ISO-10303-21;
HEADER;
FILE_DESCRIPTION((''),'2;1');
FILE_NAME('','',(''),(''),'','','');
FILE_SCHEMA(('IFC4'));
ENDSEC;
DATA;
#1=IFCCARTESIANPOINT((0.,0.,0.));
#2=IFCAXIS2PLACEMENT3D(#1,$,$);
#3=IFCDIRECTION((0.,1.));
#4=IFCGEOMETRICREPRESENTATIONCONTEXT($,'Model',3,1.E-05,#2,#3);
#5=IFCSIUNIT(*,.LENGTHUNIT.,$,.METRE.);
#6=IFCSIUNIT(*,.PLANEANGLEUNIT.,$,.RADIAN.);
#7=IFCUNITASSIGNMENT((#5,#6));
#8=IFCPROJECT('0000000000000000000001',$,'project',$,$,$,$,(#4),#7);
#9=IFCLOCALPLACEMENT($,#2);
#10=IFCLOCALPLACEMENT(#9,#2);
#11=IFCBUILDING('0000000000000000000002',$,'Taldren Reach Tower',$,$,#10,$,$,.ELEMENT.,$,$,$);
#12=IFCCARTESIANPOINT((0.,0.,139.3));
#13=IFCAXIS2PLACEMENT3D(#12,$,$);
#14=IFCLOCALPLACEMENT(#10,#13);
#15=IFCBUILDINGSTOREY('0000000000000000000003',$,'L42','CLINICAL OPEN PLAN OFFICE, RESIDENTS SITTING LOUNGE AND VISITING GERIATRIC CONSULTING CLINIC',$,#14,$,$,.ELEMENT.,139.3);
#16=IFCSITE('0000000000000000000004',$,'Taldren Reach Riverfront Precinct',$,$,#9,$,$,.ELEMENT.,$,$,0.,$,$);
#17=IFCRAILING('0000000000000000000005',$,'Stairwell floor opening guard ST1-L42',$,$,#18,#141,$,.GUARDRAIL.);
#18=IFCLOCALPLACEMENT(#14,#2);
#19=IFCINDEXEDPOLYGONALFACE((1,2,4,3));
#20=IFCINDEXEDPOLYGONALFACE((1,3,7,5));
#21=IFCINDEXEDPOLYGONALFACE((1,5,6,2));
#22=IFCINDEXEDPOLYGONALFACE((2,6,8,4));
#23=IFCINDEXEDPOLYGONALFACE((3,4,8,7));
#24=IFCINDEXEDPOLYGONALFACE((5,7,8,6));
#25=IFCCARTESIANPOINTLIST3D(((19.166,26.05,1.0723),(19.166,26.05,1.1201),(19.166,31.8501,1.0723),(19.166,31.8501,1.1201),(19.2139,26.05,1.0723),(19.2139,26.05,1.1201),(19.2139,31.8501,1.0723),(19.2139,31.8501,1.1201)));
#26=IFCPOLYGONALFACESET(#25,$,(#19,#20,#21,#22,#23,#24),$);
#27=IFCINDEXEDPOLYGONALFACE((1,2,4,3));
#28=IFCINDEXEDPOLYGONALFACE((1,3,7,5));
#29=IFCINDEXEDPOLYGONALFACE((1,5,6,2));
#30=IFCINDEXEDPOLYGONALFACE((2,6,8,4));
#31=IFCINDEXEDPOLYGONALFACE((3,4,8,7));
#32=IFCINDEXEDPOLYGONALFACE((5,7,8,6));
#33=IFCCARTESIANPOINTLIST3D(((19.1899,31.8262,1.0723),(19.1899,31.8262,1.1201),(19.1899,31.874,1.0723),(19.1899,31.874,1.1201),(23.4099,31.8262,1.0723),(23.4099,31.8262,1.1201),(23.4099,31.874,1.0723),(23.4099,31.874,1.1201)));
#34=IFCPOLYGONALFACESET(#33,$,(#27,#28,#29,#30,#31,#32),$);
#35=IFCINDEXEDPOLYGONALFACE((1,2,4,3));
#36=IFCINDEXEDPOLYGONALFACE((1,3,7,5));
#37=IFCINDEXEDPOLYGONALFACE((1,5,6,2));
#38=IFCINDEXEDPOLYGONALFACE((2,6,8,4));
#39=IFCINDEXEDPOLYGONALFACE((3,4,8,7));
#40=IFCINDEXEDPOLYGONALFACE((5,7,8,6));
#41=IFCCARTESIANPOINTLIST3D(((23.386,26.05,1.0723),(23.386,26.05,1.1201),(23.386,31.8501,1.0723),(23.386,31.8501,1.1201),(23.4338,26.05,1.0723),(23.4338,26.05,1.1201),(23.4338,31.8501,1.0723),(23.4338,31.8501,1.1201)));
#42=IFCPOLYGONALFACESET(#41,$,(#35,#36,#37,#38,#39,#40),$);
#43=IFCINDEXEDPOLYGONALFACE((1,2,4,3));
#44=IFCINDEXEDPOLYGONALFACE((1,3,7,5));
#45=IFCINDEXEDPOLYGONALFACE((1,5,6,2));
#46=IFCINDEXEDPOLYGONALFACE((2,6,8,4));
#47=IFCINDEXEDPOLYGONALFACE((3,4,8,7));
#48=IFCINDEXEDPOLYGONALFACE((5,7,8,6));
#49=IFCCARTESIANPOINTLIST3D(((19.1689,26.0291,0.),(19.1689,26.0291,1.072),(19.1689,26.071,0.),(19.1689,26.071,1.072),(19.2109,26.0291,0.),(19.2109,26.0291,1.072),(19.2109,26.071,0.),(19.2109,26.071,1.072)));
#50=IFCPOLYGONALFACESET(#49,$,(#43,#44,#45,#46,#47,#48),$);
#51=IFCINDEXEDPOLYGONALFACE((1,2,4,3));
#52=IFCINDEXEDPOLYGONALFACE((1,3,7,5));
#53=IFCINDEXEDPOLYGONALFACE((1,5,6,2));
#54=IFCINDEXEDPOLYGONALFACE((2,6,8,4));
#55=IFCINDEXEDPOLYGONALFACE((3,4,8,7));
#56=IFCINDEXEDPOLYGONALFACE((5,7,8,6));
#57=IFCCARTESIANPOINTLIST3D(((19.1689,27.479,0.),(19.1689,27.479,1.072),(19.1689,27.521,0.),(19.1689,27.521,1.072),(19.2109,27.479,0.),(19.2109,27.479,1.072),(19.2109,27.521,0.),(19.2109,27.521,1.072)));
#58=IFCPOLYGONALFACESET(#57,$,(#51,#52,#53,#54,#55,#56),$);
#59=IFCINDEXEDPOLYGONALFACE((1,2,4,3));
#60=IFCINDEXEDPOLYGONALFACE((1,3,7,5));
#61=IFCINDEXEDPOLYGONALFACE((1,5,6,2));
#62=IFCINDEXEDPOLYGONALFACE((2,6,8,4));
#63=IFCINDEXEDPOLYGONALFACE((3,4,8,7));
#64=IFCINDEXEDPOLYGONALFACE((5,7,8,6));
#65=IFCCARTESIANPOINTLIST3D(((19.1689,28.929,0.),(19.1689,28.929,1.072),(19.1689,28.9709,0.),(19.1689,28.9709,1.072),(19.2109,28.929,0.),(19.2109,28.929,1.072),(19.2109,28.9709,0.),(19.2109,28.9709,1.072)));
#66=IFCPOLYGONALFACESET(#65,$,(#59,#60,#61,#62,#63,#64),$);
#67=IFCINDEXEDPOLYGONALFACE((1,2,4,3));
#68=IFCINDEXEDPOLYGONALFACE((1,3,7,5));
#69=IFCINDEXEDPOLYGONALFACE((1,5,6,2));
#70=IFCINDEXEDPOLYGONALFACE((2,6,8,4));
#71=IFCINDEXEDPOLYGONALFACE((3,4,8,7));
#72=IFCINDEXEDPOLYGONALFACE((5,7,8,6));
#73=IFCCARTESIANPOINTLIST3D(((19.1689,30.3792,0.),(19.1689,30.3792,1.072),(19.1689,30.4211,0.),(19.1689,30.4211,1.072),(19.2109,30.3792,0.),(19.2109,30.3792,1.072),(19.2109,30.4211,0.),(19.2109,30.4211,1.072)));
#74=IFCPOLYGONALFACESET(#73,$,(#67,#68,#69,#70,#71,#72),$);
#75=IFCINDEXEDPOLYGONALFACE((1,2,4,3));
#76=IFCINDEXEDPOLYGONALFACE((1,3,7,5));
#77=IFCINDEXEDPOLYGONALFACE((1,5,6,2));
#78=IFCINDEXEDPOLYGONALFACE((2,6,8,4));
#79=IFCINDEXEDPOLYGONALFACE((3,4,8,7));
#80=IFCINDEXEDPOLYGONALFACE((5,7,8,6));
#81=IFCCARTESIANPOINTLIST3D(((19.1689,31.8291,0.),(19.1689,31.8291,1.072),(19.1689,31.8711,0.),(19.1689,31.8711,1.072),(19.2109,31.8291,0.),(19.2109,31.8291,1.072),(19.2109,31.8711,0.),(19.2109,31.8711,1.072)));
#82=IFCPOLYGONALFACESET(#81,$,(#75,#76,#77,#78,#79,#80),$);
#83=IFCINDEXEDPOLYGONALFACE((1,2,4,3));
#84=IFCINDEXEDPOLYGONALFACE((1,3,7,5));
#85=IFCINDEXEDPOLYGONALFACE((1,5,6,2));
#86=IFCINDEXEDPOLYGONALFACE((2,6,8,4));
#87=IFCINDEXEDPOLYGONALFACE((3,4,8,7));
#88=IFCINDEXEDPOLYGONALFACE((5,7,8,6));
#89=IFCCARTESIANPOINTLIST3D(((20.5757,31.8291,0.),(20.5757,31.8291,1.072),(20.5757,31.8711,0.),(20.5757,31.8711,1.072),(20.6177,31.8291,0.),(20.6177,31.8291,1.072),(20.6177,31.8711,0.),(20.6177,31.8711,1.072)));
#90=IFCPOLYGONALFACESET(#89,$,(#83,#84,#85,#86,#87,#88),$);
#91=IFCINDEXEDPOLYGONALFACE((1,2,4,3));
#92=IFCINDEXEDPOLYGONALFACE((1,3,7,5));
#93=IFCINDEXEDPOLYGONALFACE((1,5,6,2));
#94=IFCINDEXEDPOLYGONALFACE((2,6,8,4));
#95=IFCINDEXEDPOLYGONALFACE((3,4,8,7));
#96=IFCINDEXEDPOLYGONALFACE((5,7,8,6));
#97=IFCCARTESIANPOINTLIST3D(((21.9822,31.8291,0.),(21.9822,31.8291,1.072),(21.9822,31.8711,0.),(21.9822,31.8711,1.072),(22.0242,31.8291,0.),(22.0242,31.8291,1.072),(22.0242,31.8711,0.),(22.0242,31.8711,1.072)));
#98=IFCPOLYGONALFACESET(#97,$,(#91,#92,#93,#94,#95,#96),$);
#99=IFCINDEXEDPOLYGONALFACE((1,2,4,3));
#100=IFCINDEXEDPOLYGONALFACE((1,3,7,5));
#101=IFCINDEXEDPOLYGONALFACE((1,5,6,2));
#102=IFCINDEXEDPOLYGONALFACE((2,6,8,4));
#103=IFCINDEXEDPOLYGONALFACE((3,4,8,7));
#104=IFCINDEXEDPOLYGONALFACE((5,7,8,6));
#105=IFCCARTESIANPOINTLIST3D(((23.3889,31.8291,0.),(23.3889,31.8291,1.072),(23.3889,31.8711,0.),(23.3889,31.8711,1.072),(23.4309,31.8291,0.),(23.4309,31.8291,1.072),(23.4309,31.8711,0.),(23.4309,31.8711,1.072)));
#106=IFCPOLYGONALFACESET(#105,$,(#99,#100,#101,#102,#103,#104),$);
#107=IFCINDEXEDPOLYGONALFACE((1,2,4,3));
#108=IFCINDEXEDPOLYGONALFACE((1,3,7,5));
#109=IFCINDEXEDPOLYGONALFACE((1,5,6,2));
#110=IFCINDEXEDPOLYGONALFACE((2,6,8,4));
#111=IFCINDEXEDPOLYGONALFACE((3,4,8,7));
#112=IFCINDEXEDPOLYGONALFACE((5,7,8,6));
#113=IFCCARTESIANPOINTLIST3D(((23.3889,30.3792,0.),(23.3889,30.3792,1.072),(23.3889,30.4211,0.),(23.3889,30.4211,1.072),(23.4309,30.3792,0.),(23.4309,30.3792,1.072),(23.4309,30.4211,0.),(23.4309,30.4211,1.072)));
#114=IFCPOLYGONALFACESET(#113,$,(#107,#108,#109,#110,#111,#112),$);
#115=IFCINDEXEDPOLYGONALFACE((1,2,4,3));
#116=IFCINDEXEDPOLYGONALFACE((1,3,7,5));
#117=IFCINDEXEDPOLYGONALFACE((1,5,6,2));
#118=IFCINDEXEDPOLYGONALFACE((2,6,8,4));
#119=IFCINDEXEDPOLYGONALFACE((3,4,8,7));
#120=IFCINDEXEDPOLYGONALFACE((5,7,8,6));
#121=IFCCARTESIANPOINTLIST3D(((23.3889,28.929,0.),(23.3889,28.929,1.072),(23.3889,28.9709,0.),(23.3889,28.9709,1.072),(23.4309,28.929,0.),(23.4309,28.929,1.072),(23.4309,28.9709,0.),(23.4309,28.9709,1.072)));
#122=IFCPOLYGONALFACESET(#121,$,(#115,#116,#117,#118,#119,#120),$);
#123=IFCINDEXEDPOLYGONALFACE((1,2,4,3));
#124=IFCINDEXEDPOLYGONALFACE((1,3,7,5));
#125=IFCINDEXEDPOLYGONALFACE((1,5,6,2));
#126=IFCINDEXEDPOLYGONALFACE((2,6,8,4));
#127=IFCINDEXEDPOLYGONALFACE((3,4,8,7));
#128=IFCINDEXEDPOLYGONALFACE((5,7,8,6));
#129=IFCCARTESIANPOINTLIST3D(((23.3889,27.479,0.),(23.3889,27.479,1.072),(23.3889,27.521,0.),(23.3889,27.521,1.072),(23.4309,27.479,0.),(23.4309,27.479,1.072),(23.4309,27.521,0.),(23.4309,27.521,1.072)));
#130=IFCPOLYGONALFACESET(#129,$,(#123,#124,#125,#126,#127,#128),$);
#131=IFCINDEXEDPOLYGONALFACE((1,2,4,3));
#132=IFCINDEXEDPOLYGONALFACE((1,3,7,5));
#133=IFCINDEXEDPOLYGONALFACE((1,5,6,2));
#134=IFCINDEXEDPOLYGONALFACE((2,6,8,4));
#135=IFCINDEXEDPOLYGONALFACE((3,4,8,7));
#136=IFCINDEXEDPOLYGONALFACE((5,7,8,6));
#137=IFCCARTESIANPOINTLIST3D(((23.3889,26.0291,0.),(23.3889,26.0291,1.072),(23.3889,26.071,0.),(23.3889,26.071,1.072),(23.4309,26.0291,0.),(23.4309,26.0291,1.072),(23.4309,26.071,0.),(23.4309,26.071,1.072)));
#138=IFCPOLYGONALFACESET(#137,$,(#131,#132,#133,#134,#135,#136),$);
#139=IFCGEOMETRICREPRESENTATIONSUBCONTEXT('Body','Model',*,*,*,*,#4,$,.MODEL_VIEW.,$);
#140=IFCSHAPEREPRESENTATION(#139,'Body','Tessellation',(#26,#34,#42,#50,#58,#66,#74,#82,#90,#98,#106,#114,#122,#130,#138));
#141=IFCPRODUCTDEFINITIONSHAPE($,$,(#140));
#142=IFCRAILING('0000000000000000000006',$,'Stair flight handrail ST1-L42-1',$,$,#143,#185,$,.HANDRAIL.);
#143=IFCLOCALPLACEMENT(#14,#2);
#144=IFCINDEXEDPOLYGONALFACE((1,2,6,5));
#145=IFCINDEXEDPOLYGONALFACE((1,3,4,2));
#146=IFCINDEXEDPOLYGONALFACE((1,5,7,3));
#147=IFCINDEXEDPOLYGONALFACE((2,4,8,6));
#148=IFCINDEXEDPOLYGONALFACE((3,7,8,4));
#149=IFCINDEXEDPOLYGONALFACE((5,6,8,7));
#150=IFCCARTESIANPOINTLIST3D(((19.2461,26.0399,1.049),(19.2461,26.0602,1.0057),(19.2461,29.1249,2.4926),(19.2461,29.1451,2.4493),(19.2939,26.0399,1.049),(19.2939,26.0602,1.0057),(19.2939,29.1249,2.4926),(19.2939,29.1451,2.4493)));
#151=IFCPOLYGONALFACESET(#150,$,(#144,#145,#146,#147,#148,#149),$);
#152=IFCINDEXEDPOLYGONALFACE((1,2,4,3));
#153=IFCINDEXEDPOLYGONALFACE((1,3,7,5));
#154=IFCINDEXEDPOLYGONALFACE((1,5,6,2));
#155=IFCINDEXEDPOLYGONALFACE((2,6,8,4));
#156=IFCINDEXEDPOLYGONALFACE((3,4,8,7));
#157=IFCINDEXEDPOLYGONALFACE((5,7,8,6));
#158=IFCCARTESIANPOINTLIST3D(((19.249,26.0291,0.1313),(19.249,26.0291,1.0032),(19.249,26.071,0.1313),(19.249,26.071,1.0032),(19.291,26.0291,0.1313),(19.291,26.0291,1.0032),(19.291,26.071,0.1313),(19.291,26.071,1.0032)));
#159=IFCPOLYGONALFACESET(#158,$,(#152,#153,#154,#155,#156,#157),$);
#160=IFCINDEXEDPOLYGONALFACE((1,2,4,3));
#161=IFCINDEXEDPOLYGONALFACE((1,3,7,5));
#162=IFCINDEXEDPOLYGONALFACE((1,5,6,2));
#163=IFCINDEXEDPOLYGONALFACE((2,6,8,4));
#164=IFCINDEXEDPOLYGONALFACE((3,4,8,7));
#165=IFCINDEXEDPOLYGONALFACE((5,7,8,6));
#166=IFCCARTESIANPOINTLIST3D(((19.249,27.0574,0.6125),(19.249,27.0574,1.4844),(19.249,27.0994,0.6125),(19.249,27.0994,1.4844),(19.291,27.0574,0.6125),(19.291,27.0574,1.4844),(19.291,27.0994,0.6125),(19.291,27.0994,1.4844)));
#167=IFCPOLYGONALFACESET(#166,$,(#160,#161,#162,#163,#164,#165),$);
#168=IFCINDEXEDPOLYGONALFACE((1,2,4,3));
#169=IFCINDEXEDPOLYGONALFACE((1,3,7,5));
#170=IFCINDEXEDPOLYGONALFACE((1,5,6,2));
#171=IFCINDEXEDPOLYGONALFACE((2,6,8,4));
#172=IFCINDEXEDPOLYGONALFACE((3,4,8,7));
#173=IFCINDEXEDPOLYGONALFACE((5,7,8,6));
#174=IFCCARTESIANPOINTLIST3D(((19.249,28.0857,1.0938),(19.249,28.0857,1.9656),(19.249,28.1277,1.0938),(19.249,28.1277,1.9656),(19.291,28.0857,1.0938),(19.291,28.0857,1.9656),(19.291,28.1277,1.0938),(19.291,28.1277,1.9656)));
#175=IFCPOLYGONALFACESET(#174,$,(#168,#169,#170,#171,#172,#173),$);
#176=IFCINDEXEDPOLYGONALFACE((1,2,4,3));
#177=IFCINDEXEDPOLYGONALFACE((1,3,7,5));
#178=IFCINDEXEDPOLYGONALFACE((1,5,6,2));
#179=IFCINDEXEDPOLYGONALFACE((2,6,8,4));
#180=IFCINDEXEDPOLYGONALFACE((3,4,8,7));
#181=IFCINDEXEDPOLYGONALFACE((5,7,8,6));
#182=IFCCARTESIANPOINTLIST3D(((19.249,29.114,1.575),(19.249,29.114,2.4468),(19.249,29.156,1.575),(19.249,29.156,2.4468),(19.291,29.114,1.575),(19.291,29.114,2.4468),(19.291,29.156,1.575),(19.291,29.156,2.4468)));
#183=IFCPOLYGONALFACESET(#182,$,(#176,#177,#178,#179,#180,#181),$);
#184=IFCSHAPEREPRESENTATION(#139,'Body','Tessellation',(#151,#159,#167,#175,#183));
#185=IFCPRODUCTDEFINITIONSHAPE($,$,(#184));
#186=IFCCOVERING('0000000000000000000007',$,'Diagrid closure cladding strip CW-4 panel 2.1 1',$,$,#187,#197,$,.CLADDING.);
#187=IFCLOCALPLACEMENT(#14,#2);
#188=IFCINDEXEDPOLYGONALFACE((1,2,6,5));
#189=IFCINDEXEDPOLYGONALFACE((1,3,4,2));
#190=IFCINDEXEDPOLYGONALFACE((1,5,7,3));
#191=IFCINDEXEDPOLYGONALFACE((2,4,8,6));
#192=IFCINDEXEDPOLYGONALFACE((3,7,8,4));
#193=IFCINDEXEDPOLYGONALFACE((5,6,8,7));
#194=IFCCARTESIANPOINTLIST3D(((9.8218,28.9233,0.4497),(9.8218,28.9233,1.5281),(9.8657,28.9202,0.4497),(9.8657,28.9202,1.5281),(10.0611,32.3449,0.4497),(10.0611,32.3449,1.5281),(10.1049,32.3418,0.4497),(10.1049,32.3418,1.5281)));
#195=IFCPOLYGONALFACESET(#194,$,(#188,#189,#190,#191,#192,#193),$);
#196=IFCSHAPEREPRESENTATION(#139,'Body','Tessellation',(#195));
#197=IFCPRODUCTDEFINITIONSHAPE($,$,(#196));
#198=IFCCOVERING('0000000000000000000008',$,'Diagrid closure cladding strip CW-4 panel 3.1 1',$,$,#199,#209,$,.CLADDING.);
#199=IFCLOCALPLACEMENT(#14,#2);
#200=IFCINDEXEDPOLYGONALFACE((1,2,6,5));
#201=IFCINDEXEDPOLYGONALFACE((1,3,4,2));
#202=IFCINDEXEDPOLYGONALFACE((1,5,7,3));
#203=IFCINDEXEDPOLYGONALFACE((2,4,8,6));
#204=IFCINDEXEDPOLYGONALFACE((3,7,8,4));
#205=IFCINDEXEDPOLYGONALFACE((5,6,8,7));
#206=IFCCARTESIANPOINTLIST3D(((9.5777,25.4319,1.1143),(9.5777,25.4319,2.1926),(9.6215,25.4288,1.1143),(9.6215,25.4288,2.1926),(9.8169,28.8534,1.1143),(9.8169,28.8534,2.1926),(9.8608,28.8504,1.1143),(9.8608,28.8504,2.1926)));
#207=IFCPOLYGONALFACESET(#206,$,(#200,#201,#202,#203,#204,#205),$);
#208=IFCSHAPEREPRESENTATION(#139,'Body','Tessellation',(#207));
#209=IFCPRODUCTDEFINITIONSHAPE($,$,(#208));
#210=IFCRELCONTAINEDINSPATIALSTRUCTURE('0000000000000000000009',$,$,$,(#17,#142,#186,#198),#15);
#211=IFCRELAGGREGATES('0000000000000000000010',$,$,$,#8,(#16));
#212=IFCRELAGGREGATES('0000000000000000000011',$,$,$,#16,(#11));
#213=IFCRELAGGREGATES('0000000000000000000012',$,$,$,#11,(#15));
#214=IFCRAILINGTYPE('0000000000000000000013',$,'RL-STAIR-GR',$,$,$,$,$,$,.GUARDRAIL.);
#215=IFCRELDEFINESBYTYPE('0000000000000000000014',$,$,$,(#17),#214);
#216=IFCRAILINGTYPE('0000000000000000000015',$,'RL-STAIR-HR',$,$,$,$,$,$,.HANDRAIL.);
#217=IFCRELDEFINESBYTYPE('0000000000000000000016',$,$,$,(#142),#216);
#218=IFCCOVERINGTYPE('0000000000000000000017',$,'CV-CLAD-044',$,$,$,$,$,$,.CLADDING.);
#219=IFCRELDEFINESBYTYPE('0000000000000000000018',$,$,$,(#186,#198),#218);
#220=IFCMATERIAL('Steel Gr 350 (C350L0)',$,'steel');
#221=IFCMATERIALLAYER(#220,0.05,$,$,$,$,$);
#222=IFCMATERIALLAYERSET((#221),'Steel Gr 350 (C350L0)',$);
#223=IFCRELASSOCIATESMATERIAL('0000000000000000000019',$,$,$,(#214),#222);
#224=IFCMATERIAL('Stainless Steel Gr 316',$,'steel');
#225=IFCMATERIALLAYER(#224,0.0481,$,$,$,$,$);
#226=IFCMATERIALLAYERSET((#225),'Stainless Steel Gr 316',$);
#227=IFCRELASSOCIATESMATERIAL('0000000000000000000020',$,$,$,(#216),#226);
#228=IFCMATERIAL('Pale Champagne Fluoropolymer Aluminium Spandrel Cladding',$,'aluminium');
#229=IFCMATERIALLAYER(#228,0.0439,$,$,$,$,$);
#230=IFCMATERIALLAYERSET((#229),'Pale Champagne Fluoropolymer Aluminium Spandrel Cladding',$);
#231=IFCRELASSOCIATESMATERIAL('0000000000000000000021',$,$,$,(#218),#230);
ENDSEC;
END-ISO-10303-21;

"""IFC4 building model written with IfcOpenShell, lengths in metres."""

from ifc_helpers import new_model, si_unit, direction, frame, origin, origin_2d, place, context, subcontext, project, spatial, rectangle, extrude, source, transform, mapped, material, layer, layer_set, type_object, element, save


model = new_model("IFC4")

# Units and contexts
model_context = context("Model", 3, precision=1e-05, world=origin(), true_north=direction((0.0, 1.0)))
body_context = subcontext(model_context, "Body", "Model", "MODEL_VIEW")
ifc_project = project(units=[si_unit("LENGTHUNIT", "METRE"), si_unit("PLANEANGLEUNIT", "RADIAN")], contexts=[model_context])

# Site, building, storey
site_placement = place(None, origin())
site = spatial("IfcSite", under=ifc_project, at=site_placement, Name="Taldren Reach Riverfront Precinct", CompositionType="ELEMENT", RefElevation=0.0)
building_placement = place(site_placement, origin())
building = spatial("IfcBuilding", under=site, at=building_placement, Name="Taldren Reach Tower", CompositionType="ELEMENT")
storey_placement = place(building_placement, frame((0.0, 0.0, 139.3)))
storey = spatial("IfcBuildingStorey", under=building, at=storey_placement, Name="L42", Description="CLINICAL OPEN PLAN OFFICE, RESIDENTS SITTING LOUNGE AND VISITING GERIATRIC CONSULTING CLINIC", CompositionType="ELEMENT", Elevation=139.3)

# Shared definitions
ifc_material_1 = material(Name="Steel Gr 350 (C350L0)", Category="steel")

# Railings
ifc_layer_1 = layer(ifc_material_1, 0.05)
ifc_layer_set_1 = layer_set([ifc_layer_1], Name="Steel Gr 350 (C350L0)")
railing_type_1 = type_object("IfcRailingType", Name="RL-STAIR-GR", PredefinedType="GUARDRAIL", material=ifc_layer_set_1)
railing_1_placement = place(storey_placement, frame((19.1899, 26.05, 0.0)))
element("IfcRailing", 1, at=railing_1_placement, inside=storey, type_object=railing_type_1, Name="Stairwell floor opening guard ST1-L42", PredefinedType="GUARDRAIL", context=body_context, shape_type="SweptSolid", body=[
    extrude(rectangle(XDim=0.0479, YDim=0.0479, at=origin_2d()), frame((0.0, 0.0, 1.0962), z_axis=(0.0, 1.0, 0.0), x_axis=(-1.0, 0.0, 0.0)), (0.0, 0.0, 1.0), 5.8),
    extrude(rectangle(XDim=0.0479, YDim=0.0479, at=origin_2d()), frame((0.0, 5.8, 1.0962), z_axis=(1.0, 0.0, 0.0), x_axis=(0.0, 1.0, 0.0)), (0.0, 0.0, 1.0), 4.22),
    extrude(rectangle(XDim=0.0479, YDim=0.0479, at=origin_2d()), frame((4.22, 5.8, 1.0962), z_axis=(0.0, -1.0, 0.0), x_axis=(1.0, 0.0, 0.0)), (0.0, 0.0, 1.0), 5.8),
    extrude(rectangle(XDim=0.042, YDim=0.042, at=origin_2d()), origin(), (0.0, 0.0, 1.0), 1.072),
    extrude(rectangle(XDim=0.042, YDim=0.042, at=origin_2d()), frame((0.0, 1.45, 0.0)), (0.0, 0.0, 1.0), 1.072),
    extrude(rectangle(XDim=0.042, YDim=0.042, at=origin_2d()), frame((0.0, 2.8999, 0.0)), (0.0, 0.0, 1.0), 1.072),
    extrude(rectangle(XDim=0.042, YDim=0.042, at=origin_2d()), frame((0.0, 4.3501, 0.0)), (0.0, 0.0, 1.0), 1.072),
    extrude(rectangle(XDim=0.042, YDim=0.042, at=origin_2d()), frame((0.0, 5.8, 0.0)), (0.0, 0.0, 1.0), 1.072),
    extrude(rectangle(XDim=0.042, YDim=0.042, at=origin_2d()), frame((1.4067, 5.8, 0.0)), (0.0, 0.0, 1.0), 1.072),
    extrude(rectangle(XDim=0.042, YDim=0.042, at=origin_2d()), frame((2.8132, 5.8, 0.0)), (0.0, 0.0, 1.0), 1.072),
    extrude(rectangle(XDim=0.042, YDim=0.042, at=origin_2d()), frame((4.22, 5.8, 0.0)), (0.0, 0.0, 1.0), 1.072),
    extrude(rectangle(XDim=0.042, YDim=0.042, at=origin_2d()), frame((4.22, 4.3501, 0.0)), (0.0, 0.0, 1.0), 1.072),
    extrude(rectangle(XDim=0.042, YDim=0.042, at=origin_2d()), frame((4.22, 2.8999, 0.0)), (0.0, 0.0, 1.0), 1.072),
    extrude(rectangle(XDim=0.042, YDim=0.042, at=origin_2d()), frame((4.22, 1.45, 0.0)), (0.0, 0.0, 1.0), 1.072),
    extrude(rectangle(XDim=0.042, YDim=0.042, at=origin_2d()), frame((4.22, 0.0, 0.0)), (0.0, 0.0, 1.0), 1.072),
])
ifc_material_2 = material(Name="Stainless Steel Gr 316", Category="steel")
ifc_layer_2 = layer(ifc_material_2, 0.0481)
ifc_layer_set_2 = layer_set([ifc_layer_2], Name="Stainless Steel Gr 316")
railing_type_2 = type_object("IfcRailingType", Name="RL-STAIR-HR", PredefinedType="HANDRAIL", material=ifc_layer_set_2)
railing_2_placement = place(storey_placement, frame((19.27, 26.05, 0.1313)))
element("IfcRailing", 2, at=railing_2_placement, inside=storey, type_object=railing_type_2, Name="Stair flight handrail ST1-L42-1", PredefinedType="HANDRAIL", context=body_context, shape_type="SweptSolid", body=[
    extrude(rectangle(XDim=0.0479, YDim=0.0479, at=origin_2d()), frame((0.0, 0.0, 0.896), z_axis=(0.0, 0.905738, 0.423839), x_axis=(-1.0, 0.0, 0.0)), (0.0, 0.0, 1.0), 3.406),
    extrude(rectangle(XDim=0.042, YDim=0.042, at=origin_2d()), origin(), (0.0, 0.0, 1.0), 0.8718),
    extrude(rectangle(XDim=0.042, YDim=0.042, at=origin_2d()), frame((0.0, 1.0283, 0.4812)), (0.0, 0.0, 1.0), 0.8718),
    extrude(rectangle(XDim=0.042, YDim=0.042, at=origin_2d()), frame((0.0, 2.0566, 0.9624)), (0.0, 0.0, 1.0), 0.8718),
    extrude(rectangle(XDim=0.042, YDim=0.042, at=origin_2d()), frame((0.0, 3.085, 1.4436)), (0.0, 0.0, 1.0), 0.8718),
])

# Coverings
ifc_material_3 = material(Name="Pale Champagne Fluoropolymer Aluminium Spandrel Cladding", Category="aluminium")
ifc_layer_3 = layer(ifc_material_3, 0.0439)
ifc_layer_set_3 = layer_set([ifc_layer_3], Name="Pale Champagne Fluoropolymer Aluminium Spandrel Cladding")
covering_type = type_object("IfcCoveringType", Name="CV-CLAD-044", PredefinedType="CLADDING", material=ifc_layer_set_3)
shared_shape_1 = source(origin(), body_context, "Body", "SweptSolid", [
    extrude(rectangle(XDim=3.4299, YDim=0.0439, at=origin_2d()), origin(), (0.0, 0.0, 1.0), 1.0784),
])
for number, where, z_axis, x_axis, name in (
    (3, (9.9634, 30.6326, 0.4497), (0.0, 0.0, 1.0), (-0.069756, -0.997564, 0.0), "Diagrid closure cladding strip CW-4 panel 2.1 1"),
    (4, (9.7192, 27.1411, 1.1143), (0.0, 0.0, 1.0), (-0.069756, -0.997564, 0.0), "Diagrid closure cladding strip CW-4 panel 3.1 1"),
):
    element("IfcCovering", number, at=place(storey_placement, frame(where, z_axis=z_axis, x_axis=x_axis)), inside=storey, type_object=covering_type, Name=name, PredefinedType="CLADDING", context=body_context, shape_type="MappedRepresentation", body=[
        mapped(shared_shape_1, transform((0.0, 0.0, 0.0), scale=1.0)),
    ])

save(model, "model.ifc")
